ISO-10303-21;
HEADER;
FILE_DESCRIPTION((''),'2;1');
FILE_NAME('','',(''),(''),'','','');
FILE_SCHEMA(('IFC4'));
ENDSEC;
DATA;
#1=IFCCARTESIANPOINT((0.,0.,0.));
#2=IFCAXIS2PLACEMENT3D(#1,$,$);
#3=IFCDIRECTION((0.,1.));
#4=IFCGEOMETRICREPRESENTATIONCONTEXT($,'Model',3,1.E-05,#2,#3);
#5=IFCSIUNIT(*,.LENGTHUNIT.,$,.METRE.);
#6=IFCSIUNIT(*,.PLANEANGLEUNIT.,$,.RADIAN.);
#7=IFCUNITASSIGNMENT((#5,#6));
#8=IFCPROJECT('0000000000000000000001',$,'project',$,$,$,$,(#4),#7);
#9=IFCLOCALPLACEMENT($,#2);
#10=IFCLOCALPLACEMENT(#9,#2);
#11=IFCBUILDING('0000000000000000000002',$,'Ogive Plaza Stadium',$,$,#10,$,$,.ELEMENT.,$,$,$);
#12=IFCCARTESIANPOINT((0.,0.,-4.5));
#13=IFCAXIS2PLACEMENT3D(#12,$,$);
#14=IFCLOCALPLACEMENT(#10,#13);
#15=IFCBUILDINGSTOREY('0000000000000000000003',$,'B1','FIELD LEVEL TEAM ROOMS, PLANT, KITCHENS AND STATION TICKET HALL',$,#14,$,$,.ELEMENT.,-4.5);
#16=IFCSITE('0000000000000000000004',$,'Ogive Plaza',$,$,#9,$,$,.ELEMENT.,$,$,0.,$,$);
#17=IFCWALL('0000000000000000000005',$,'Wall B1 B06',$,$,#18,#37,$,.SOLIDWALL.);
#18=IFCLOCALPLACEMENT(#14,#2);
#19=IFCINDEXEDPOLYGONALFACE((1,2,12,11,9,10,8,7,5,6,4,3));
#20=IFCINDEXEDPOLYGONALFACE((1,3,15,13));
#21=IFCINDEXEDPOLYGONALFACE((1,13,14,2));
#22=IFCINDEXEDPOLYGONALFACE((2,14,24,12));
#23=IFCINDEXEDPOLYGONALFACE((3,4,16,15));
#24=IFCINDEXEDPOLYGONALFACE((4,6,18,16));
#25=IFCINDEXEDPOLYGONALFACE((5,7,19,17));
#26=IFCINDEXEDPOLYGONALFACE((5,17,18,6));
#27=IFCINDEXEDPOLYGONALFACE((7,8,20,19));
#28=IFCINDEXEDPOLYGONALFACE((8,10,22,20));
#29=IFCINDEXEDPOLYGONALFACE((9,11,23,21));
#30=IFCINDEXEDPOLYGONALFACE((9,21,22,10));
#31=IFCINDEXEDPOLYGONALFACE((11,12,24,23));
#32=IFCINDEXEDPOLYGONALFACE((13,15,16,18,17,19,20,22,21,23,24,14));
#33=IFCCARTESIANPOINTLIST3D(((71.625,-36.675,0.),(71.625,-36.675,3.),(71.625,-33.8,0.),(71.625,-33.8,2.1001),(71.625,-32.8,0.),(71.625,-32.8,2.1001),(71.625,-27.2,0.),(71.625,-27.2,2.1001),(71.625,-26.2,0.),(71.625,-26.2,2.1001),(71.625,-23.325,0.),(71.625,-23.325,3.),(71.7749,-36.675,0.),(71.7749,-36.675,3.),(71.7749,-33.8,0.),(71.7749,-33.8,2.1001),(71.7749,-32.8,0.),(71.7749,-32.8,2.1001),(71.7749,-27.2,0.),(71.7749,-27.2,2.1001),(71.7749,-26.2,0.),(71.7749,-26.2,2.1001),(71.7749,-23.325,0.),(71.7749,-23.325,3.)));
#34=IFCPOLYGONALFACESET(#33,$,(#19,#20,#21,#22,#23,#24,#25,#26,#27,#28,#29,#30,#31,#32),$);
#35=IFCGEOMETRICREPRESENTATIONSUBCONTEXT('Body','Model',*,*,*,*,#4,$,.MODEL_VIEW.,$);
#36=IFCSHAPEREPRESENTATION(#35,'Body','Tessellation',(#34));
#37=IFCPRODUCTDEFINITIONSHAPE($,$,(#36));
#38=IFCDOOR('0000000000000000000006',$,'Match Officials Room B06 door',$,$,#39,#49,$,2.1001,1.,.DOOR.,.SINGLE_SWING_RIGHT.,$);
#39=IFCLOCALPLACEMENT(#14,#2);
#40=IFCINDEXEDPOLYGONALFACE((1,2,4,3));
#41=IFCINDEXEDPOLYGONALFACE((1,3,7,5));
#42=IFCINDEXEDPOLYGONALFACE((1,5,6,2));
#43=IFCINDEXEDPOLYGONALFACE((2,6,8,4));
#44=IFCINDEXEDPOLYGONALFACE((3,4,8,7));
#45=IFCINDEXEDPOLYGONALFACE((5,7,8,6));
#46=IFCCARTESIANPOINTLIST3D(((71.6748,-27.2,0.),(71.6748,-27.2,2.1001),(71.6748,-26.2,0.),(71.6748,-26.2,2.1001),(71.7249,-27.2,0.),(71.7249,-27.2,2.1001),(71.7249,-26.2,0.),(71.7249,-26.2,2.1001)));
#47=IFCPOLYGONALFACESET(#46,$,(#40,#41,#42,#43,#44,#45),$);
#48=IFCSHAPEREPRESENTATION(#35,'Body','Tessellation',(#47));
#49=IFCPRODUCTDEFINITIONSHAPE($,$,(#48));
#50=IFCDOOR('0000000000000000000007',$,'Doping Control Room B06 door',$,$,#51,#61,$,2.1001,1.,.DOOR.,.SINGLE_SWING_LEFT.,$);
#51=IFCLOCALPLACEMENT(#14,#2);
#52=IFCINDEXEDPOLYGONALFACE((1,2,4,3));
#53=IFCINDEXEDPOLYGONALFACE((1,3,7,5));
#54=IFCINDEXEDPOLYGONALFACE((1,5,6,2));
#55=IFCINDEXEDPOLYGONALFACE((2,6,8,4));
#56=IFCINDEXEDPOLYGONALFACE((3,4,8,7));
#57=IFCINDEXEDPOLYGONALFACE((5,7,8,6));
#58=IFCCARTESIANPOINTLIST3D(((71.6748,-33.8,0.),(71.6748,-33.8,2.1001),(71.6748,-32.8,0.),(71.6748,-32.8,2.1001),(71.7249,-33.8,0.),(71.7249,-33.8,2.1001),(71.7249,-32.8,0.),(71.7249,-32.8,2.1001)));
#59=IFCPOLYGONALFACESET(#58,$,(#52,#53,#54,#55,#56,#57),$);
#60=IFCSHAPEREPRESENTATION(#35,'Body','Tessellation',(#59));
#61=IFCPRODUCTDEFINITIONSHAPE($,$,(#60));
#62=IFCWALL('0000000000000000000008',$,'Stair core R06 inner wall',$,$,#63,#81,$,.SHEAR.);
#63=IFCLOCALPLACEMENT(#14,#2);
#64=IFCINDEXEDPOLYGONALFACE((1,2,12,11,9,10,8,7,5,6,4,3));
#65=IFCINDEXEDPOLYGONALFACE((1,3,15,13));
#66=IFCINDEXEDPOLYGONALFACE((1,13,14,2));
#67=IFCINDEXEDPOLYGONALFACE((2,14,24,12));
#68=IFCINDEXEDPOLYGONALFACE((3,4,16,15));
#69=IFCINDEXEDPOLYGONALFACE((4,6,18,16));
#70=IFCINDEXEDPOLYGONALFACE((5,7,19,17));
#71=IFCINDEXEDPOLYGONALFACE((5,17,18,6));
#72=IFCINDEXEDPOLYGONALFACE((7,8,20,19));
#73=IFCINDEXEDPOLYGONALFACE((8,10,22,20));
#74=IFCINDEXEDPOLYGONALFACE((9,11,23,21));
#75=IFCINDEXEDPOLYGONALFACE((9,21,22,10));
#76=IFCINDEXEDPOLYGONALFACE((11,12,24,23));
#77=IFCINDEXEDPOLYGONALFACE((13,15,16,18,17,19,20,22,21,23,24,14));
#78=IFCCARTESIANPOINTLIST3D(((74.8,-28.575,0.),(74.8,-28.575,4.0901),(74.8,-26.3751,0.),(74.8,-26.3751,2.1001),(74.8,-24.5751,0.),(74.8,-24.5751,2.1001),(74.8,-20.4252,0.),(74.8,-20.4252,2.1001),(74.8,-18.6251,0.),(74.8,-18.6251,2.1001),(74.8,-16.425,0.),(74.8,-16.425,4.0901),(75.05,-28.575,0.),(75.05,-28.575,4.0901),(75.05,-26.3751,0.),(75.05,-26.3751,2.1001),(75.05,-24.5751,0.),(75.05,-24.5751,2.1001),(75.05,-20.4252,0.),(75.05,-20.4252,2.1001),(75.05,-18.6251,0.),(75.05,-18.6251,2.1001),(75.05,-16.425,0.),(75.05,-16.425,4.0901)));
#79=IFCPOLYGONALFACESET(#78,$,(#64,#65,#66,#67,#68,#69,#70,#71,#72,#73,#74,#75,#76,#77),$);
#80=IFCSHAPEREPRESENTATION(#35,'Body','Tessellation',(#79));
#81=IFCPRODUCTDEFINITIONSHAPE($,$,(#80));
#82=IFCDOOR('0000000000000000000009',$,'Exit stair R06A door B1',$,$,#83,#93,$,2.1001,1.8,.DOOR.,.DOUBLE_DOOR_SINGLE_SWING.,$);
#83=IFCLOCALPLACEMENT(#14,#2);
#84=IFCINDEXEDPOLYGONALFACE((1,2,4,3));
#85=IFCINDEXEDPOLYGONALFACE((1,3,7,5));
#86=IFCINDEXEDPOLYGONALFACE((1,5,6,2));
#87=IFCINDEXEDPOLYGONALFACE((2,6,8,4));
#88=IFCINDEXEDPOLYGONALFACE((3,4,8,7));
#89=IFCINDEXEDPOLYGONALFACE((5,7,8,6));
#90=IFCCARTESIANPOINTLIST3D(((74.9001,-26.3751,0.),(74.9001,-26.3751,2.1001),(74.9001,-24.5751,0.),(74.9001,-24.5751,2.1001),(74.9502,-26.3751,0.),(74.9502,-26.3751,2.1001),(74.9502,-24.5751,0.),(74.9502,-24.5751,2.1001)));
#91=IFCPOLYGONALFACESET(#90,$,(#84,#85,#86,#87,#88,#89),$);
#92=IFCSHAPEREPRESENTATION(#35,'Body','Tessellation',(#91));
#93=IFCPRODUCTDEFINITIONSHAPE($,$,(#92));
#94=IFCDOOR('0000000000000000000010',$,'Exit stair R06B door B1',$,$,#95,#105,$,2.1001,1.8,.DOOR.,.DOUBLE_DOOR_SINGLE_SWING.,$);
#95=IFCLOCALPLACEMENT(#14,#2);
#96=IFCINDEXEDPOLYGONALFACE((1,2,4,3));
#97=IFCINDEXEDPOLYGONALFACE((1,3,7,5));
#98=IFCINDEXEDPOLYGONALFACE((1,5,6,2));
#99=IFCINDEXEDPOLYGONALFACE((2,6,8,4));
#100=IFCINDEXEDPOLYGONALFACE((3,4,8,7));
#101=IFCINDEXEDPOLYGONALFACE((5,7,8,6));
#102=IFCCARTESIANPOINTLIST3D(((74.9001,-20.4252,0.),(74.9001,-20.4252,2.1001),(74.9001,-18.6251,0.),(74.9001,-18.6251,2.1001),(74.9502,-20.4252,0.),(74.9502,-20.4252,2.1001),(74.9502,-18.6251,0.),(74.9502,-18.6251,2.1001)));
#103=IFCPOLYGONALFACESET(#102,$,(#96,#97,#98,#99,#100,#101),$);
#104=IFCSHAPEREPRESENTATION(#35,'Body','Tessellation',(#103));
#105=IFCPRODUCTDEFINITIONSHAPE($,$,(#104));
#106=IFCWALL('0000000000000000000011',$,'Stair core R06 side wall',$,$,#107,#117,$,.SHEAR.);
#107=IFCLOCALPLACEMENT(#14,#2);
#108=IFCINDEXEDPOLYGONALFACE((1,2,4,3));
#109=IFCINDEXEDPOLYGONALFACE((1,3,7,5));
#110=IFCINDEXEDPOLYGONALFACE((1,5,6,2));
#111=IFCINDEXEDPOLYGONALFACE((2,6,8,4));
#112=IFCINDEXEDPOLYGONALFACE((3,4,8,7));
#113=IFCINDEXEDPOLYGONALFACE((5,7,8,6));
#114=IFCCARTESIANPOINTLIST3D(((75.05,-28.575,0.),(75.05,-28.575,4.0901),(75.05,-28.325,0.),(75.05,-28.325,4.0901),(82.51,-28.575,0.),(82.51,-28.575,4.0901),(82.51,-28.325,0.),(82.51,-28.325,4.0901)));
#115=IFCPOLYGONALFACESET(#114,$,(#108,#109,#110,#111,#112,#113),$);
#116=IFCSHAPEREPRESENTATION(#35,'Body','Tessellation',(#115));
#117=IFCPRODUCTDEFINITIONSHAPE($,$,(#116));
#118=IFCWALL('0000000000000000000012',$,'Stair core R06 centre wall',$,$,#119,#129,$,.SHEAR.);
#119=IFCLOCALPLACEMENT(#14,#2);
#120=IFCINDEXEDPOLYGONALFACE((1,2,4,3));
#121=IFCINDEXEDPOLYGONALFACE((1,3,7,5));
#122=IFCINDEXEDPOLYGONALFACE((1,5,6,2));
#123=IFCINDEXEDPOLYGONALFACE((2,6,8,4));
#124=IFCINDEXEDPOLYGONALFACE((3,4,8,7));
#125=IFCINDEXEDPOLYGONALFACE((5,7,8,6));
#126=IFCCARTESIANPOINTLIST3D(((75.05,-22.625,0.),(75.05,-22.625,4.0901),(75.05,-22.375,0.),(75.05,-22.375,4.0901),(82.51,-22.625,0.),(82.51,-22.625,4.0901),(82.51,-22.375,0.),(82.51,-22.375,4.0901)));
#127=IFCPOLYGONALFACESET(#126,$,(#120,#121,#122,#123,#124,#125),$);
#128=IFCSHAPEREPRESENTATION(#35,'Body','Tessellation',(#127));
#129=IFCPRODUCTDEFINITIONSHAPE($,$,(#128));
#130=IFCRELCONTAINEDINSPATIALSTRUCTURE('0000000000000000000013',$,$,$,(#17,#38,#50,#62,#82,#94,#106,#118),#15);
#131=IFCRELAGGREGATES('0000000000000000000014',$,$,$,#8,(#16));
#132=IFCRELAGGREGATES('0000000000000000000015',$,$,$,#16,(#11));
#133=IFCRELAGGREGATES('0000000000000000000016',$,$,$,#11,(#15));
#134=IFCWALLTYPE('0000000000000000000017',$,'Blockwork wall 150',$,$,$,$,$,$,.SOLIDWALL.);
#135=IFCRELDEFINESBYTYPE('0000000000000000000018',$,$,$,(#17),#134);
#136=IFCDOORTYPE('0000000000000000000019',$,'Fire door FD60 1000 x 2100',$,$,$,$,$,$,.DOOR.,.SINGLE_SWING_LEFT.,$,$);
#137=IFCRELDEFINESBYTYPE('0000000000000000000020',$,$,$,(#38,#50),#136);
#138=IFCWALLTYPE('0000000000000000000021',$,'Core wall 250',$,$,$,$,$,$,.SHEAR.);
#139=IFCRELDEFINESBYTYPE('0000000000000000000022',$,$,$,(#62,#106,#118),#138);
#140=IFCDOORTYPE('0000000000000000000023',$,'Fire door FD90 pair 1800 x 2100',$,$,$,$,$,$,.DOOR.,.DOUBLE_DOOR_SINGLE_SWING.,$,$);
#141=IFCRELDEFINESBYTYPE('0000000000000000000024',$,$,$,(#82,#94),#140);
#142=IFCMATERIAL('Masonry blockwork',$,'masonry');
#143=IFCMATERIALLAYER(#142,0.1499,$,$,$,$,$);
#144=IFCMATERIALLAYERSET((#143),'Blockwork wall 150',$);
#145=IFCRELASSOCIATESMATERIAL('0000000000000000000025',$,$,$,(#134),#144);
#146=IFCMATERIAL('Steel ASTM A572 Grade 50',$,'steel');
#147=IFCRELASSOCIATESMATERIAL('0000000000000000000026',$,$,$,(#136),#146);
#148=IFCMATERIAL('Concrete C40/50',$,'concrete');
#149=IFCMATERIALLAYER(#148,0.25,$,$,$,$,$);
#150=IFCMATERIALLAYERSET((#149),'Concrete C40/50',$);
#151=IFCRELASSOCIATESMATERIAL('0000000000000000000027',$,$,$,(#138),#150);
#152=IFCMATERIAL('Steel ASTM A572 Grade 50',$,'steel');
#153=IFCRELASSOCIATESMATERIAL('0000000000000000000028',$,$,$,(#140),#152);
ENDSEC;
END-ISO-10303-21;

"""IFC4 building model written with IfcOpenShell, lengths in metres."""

from ifc_helpers import new_model, si_unit, direction, frame, frame_2d, origin, place, context, subcontext, project, spatial, rectangle, extrude, material, layer, layer_set, type_object, element, fill, save


model = new_model("IFC4")

# Units and contexts
model_context = context("Model", 3, precision=1e-05, world=origin(), true_north=direction((0.0, 1.0)))
body_context = subcontext(model_context, "Body", "Model", "MODEL_VIEW")
ifc_project = project(units=[si_unit("LENGTHUNIT", "METRE"), si_unit("PLANEANGLEUNIT", "RADIAN")], contexts=[model_context])

# Site, building, storey
site_placement = place(None, origin())
site = spatial("IfcSite", under=ifc_project, at=site_placement, Name="Ogive Plaza", CompositionType="ELEMENT", RefElevation=0.0)
building_placement = place(site_placement, origin())
building = spatial("IfcBuilding", under=site, at=building_placement, Name="Ogive Plaza Stadium", CompositionType="ELEMENT")
storey_placement = place(building_placement, frame((0.0, 0.0, -4.5)))
storey = spatial("IfcBuildingStorey", under=building, at=storey_placement, Name="B1", Description="FIELD LEVEL TEAM ROOMS, PLANT, KITCHENS AND STATION TICKET HALL", CompositionType="ELEMENT", Elevation=-4.5)

# Walls, openings, doors
ifc_material_1 = material(Name="Masonry blockwork", Category="masonry")
ifc_layer_1 = layer(ifc_material_1, 0.1499)
ifc_layer_set_1 = layer_set([ifc_layer_1], Name="Blockwork wall 150")
wall_type_1 = type_object("IfcWallType", Name="Blockwork wall 150", PredefinedType="SOLIDWALL", material=ifc_layer_set_1)
ifc_material_2 = material(Name="Steel ASTM A572 Grade 50", Category="steel")
door_type_1 = type_object("IfcDoorType", Name="Fire door FD60 1000 x 2100", OperationType="SINGLE_SWING_LEFT", PredefinedType="DOOR", material=ifc_material_2)
wall_1_placement = place(storey_placement, frame((71.7, -23.325, 0.0), z_axis=(0.0, 0.0, 1.0), x_axis=(0.0, -1.0, 0.0)))
wall_1 = element("IfcWall", 1, at=wall_1_placement, inside=storey, type_object=wall_type_1, Name="Wall B1 B06", PredefinedType="SOLIDWALL", context=body_context, shape_type="SweptSolid", body=[
    extrude(rectangle(XDim=13.3501, YDim=0.1499, at=frame_2d((6.675, 0.0))), origin(), (0.0, 0.0, 1.0), 3.0),
])
opening_1_placement = place(wall_1_placement, frame((2.875, 0.0, 0.0)))
opening_1 = element("IfcOpeningElement", 2, at=opening_1_placement, cuts=wall_1, PredefinedType="OPENING", context=body_context, shape_type="SweptSolid", body=[
    extrude(rectangle(XDim=1.0, YDim=2.1001, at=frame_2d((0.5, 1.05))), frame((0.0, 0.075, 0.0), z_axis=(0.0, -1.0, 0.0), x_axis=(1.0, 0.0, 0.0)), (0.0, 0.0, 1.0), 0.1499),
])
opening_2_placement = place(wall_1_placement, frame((9.4751, 0.0, 0.0)))
opening_2 = element("IfcOpeningElement", 3, at=opening_2_placement, cuts=wall_1, PredefinedType="OPENING", context=body_context, shape_type="SweptSolid", body=[
    extrude(rectangle(XDim=1.0, YDim=2.1001, at=frame_2d((0.5, 1.05))), frame((0.0, 0.075, 0.0), z_axis=(0.0, -1.0, 0.0), x_axis=(1.0, 0.0, 0.0)), (0.0, 0.0, 1.0), 0.1499),
])
door_1_placement = place(opening_1_placement, origin())
door_1 = element("IfcDoor", 4, at=door_1_placement, inside=storey, type_object=door_type_1, Name="Match Officials Room B06 door", OperationType="SINGLE_SWING_RIGHT", OverallHeight=2.1001, OverallWidth=1.0, PredefinedType="DOOR", context=body_context, shape_type="SweptSolid", body=[
    extrude(rectangle(XDim=1.0, YDim=2.1001, at=frame_2d((0.5, 1.05))), frame((0.0, 0.0249, 0.0), z_axis=(0.0, -1.0, 0.0), x_axis=(1.0, 0.0, 0.0)), (0.0, 0.0, 1.0), 0.05),
])
fill(opening_1, door_1)
door_2_placement = place(opening_2_placement, origin())
door_2 = element("IfcDoor", 5, at=door_2_placement, inside=storey, type_object=door_type_1, Name="Doping Control Room B06 door", OperationType="SINGLE_SWING_LEFT", OverallHeight=2.1001, OverallWidth=1.0, PredefinedType="DOOR", context=body_context, shape_type="SweptSolid", body=[
    extrude(rectangle(XDim=1.0, YDim=2.1001, at=frame_2d((0.5, 1.05))), frame((0.0, 0.0249, 0.0), z_axis=(0.0, -1.0, 0.0), x_axis=(1.0, 0.0, 0.0)), (0.0, 0.0, 1.0), 0.05),
])
fill(opening_2, door_2)
ifc_material_3 = material(Name="Concrete C40/50", Category="concrete")
ifc_layer_2 = layer(ifc_material_3, 0.25)
ifc_layer_set_2 = layer_set([ifc_layer_2], Name="Concrete C40/50")
wall_type_2 = type_object("IfcWallType", Name="Core wall 250", PredefinedType="SHEAR", material=ifc_layer_set_2)
wall_2_placement = place(storey_placement, frame((74.925, -28.575, 0.0), z_axis=(0.0, 0.0, 1.0), x_axis=(0.0, 1.0, 0.0)))
wall_2 = element("IfcWall", 6, at=wall_2_placement, inside=storey, type_object=wall_type_2, Name="Stair core R06 inner wall", PredefinedType="SHEAR", context=body_context, shape_type="SweptSolid", body=[
    extrude(rectangle(XDim=12.1499, YDim=0.25, at=frame_2d((6.075, 0.0))), origin(), (0.0, 0.0, 1.0), 4.0901),
])
opening_3_placement = place(wall_2_placement, frame((2.2, 0.0, 0.0)))
opening_3 = element("IfcOpeningElement", 7, at=opening_3_placement, cuts=wall_2, PredefinedType="OPENING", context=body_context, shape_type="SweptSolid", body=[
    extrude(rectangle(XDim=1.8, YDim=2.1001, at=frame_2d((0.8999, 1.05))), frame((0.0, 0.125, 0.0), z_axis=(0.0, -1.0, 0.0), x_axis=(1.0, 0.0, 0.0)), (0.0, 0.0, 1.0), 0.25),
])
opening_4_placement = place(wall_2_placement, frame((8.1499, 0.0, 0.0)))
opening_4 = element("IfcOpeningElement", 8, at=opening_4_placement, cuts=wall_2, PredefinedType="OPENING", context=body_context, shape_type="SweptSolid", body=[
    extrude(rectangle(XDim=1.8, YDim=2.1001, at=frame_2d((0.8999, 1.05))), frame((0.0, 0.125, 0.0), z_axis=(0.0, -1.0, 0.0), x_axis=(1.0, 0.0, 0.0)), (0.0, 0.0, 1.0), 0.25),
])
ifc_material_4 = material(Name="Steel ASTM A572 Grade 50", Category="steel")
door_type_2 = type_object("IfcDoorType", Name="Fire door FD90 pair 1800 x 2100", OperationType="DOUBLE_DOOR_SINGLE_SWING", PredefinedType="DOOR", material=ifc_material_4)
door_3_placement = place(opening_3_placement, origin())
door_3 = element("IfcDoor", 9, at=door_3_placement, inside=storey, type_object=door_type_2, Name="Exit stair R06A door B1", OperationType="DOUBLE_DOOR_SINGLE_SWING", OverallHeight=2.1001, OverallWidth=1.8, PredefinedType="DOOR", context=body_context, shape_type="SweptSolid", body=[
    extrude(rectangle(XDim=1.8, YDim=2.1001, at=frame_2d((0.8999, 1.05))), frame((0.0, 0.0249, 0.0), z_axis=(0.0, -1.0, 0.0), x_axis=(1.0, 0.0, 0.0)), (0.0, 0.0, 1.0), 0.05),
])
fill(opening_3, door_3)
door_4_placement = place(opening_4_placement, origin())
door_4 = element("IfcDoor", 10, at=door_4_placement, inside=storey, type_object=door_type_2, Name="Exit stair R06B door B1", OperationType="DOUBLE_DOOR_SINGLE_SWING", OverallHeight=2.1001, OverallWidth=1.8, PredefinedType="DOOR", context=body_context, shape_type="SweptSolid", body=[
    extrude(rectangle(XDim=1.8, YDim=2.1001, at=frame_2d((0.8999, 1.05))), frame((0.0, 0.0249, 0.0), z_axis=(0.0, -1.0, 0.0), x_axis=(1.0, 0.0, 0.0)), (0.0, 0.0, 1.0), 0.05),
])
fill(opening_4, door_4)

# Walls
for number, where, z_axis, x_axis, name in (
    (11, (75.05, -28.45, 0.0), (0.0, 0.0, 1.0), (1.0, 0.0, 0.0), "Stair core R06 side wall"),
    (12, (75.05, -22.5, 0.0), (0.0, 0.0, 1.0), (1.0, 0.0, 0.0), "Stair core R06 centre wall"),
):
    element("IfcWall", number, at=place(storey_placement, frame(where, z_axis=z_axis, x_axis=x_axis)), inside=storey, type_object=wall_type_2, Name=name, PredefinedType="SHEAR", context=body_context, shape_type="SweptSolid", body=[
        extrude(rectangle(XDim=7.46, YDim=0.25, at=frame_2d((3.73, 0.0))), origin(), (0.0, 0.0, 1.0), 4.0901),
    ])

save(model, "model.ifc")
